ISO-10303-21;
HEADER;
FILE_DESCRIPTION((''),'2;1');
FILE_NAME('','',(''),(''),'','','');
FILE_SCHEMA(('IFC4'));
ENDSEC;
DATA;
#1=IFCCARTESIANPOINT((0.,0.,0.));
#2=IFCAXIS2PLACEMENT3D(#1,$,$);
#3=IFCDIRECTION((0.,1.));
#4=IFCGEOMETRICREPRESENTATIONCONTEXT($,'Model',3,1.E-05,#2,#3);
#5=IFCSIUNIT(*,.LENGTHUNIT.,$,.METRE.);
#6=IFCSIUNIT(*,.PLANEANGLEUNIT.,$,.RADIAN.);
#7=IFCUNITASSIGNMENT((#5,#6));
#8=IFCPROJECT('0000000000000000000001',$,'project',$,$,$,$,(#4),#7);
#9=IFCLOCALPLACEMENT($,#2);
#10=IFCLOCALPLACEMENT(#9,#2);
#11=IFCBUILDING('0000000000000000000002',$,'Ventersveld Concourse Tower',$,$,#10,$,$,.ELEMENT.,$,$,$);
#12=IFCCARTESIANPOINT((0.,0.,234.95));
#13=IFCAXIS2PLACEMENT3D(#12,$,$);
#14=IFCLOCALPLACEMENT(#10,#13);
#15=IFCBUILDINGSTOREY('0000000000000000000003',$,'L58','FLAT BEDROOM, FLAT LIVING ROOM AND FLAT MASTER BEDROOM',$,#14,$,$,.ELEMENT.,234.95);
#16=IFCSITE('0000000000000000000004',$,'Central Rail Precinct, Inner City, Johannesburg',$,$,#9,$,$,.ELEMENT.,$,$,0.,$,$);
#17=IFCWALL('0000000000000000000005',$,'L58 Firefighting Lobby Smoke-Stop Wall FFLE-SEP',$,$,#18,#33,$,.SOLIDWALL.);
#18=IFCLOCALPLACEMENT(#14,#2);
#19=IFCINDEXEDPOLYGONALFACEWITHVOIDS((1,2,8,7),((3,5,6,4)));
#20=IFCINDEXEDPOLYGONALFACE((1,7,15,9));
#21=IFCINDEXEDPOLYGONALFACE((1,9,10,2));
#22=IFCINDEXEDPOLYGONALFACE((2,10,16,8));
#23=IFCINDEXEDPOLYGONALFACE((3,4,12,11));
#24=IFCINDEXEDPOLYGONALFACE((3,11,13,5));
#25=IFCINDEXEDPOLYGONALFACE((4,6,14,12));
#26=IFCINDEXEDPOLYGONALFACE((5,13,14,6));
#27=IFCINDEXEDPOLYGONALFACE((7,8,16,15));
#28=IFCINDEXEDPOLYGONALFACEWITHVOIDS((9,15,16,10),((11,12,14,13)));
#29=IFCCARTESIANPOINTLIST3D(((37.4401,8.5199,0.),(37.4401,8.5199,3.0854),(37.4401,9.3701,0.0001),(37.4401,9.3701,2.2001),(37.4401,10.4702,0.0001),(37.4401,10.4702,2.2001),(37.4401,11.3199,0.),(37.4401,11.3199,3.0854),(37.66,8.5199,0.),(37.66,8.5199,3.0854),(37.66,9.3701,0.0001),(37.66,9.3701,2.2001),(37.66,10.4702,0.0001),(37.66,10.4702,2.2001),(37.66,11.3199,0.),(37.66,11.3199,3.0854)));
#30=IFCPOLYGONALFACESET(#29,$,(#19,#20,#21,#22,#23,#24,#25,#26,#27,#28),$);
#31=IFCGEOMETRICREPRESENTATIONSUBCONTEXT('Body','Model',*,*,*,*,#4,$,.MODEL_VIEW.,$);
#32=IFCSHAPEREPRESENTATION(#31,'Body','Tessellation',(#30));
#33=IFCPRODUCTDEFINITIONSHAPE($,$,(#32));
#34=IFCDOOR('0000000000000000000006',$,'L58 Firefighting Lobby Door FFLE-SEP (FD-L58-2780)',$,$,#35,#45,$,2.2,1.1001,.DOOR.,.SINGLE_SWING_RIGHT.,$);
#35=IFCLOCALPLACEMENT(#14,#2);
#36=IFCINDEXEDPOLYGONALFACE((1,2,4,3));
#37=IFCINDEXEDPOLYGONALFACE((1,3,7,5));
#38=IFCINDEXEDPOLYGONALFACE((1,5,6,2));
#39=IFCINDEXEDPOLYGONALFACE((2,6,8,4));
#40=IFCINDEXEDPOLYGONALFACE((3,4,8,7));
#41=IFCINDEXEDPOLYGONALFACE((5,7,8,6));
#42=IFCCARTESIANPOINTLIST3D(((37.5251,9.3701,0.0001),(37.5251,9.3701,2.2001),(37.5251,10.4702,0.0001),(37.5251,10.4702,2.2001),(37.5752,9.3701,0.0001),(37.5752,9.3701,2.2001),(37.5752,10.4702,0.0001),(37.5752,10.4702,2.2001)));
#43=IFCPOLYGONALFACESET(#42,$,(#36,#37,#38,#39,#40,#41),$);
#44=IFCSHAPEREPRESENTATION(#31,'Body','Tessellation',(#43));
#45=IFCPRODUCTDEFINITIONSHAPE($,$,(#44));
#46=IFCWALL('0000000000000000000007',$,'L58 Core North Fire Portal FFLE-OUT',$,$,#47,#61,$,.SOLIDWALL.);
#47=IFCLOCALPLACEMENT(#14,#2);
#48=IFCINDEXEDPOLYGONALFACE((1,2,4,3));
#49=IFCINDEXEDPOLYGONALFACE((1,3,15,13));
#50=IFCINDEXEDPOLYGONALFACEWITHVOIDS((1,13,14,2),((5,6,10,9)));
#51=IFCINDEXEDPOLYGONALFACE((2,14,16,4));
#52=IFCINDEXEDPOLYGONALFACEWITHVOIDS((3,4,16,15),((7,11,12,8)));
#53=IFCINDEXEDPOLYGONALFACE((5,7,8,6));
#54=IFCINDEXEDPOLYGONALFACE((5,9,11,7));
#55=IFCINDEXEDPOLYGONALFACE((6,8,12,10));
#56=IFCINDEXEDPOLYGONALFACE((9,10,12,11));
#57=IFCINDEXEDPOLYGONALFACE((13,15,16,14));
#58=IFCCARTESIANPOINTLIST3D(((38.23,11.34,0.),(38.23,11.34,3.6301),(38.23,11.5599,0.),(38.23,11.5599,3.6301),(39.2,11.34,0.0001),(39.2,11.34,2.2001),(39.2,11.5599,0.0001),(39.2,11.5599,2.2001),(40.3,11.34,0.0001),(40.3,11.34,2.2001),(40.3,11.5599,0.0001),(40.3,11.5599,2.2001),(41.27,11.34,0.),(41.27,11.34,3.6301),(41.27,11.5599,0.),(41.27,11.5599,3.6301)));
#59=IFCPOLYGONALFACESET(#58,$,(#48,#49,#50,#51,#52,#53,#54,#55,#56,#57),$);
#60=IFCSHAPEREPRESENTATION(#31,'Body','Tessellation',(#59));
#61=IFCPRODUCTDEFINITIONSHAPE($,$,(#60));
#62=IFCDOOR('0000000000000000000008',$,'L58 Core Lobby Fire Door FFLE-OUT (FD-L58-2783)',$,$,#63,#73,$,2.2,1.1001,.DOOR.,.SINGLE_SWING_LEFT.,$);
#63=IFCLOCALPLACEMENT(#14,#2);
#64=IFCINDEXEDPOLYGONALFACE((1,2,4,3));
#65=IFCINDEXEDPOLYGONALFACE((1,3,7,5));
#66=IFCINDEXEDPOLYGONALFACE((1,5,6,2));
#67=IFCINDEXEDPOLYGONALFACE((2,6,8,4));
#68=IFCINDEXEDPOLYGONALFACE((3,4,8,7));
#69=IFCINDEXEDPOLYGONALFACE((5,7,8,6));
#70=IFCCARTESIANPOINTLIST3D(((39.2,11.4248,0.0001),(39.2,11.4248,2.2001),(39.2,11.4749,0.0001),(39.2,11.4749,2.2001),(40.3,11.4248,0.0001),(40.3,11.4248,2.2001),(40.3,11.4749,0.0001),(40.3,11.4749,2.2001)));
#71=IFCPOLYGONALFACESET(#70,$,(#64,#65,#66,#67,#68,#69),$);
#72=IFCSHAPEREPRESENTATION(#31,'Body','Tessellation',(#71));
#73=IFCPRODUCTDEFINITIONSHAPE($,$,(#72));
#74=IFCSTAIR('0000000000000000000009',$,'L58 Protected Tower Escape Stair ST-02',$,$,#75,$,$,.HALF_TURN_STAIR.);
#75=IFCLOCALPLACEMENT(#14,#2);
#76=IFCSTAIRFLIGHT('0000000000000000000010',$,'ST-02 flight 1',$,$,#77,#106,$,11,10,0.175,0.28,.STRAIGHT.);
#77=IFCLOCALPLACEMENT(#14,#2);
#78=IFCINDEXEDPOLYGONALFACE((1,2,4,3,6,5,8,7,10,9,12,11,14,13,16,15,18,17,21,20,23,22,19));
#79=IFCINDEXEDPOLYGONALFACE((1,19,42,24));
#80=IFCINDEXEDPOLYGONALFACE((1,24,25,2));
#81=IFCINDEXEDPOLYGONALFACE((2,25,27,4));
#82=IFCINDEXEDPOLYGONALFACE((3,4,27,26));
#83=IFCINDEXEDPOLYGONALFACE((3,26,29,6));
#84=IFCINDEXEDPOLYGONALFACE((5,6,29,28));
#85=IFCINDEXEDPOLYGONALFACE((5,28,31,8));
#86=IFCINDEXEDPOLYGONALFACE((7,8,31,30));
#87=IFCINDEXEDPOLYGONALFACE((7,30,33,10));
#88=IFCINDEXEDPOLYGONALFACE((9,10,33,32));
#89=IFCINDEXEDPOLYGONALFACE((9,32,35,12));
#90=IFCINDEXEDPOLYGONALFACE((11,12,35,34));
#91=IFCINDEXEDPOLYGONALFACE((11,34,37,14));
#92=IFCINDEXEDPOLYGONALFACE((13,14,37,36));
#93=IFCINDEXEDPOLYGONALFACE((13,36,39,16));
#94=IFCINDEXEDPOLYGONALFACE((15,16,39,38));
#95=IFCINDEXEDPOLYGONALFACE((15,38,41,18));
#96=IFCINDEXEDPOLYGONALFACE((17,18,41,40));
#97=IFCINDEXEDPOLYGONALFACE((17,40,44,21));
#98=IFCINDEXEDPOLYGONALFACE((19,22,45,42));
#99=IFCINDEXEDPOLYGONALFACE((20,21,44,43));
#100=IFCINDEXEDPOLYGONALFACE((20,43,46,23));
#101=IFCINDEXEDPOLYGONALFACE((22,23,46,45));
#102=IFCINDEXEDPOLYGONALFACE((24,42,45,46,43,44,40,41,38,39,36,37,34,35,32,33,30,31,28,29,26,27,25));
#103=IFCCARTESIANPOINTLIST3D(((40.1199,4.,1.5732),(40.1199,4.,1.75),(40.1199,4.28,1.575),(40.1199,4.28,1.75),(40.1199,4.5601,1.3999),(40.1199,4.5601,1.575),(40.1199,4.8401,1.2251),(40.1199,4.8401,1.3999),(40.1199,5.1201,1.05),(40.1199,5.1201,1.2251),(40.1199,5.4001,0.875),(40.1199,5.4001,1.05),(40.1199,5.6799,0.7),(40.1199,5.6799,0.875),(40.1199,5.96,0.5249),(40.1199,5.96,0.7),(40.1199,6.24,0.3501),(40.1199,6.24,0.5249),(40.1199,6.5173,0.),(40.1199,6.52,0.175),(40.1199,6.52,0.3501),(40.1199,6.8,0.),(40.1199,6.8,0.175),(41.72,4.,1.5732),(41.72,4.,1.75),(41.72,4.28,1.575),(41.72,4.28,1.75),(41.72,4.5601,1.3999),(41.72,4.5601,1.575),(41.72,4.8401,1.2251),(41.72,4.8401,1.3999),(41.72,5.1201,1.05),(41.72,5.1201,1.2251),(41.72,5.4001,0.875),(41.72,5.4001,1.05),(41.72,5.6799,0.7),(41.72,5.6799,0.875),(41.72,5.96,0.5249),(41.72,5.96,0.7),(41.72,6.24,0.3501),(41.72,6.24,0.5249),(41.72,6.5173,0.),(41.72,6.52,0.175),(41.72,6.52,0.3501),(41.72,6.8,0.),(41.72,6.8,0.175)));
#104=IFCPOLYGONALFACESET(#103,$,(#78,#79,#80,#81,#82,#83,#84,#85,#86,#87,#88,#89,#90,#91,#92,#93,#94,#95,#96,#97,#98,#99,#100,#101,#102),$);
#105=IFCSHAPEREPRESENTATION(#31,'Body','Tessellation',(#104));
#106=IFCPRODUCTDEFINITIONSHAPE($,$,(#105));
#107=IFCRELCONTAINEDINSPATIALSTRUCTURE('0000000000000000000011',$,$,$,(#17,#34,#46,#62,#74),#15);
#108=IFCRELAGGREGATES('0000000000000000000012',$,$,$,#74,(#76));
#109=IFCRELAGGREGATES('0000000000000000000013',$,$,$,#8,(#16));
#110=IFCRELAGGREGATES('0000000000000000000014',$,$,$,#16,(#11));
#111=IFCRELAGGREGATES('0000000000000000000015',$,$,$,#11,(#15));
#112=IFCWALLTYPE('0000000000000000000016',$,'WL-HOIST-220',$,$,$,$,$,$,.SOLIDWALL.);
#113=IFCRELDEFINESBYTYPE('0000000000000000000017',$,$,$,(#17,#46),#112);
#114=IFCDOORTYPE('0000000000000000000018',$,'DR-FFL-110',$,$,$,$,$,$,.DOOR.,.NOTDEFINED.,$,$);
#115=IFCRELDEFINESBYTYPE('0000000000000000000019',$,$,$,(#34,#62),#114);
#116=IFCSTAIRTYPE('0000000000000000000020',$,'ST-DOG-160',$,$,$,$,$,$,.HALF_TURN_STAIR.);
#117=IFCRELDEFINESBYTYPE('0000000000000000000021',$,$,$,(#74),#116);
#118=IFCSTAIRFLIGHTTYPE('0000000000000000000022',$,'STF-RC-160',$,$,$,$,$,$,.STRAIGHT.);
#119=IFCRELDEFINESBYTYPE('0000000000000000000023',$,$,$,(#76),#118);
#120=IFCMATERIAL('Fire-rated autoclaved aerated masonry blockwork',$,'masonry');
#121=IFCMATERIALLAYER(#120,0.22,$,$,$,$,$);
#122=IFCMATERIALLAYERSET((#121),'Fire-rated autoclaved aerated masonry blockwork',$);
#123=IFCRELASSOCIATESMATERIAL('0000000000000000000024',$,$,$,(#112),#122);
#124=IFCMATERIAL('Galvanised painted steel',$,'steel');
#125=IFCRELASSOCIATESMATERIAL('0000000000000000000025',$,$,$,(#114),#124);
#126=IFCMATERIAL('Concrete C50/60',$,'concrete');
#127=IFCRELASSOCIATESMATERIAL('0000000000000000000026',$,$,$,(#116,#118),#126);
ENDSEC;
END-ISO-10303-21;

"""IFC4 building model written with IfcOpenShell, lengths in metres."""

from ifc_helpers import new_model, si_unit, direction, frame, frame_2d, origin, place, context, subcontext, project, spatial, polyline, rectangle, outline, extrude, material, layer, layer_set, type_object, element, fill, aggregate, save


model = new_model("IFC4")

# Units and contexts
model_context = context("Model", 3, precision=1e-05, world=origin(), true_north=direction((0.0, 1.0)))
body_context = subcontext(model_context, "Body", "Model", "MODEL_VIEW")
ifc_project = project(units=[si_unit("LENGTHUNIT", "METRE"), si_unit("PLANEANGLEUNIT", "RADIAN")], contexts=[model_context])

# Site, building, storey
site_placement = place(None, origin())
site = spatial("IfcSite", under=ifc_project, at=site_placement, Name="Central Rail Precinct, Inner City, Johannesburg", CompositionType="ELEMENT", RefElevation=0.0)
building_placement = place(site_placement, origin())
building = spatial("IfcBuilding", under=site, at=building_placement, Name="Ventersveld Concourse Tower", CompositionType="ELEMENT")
storey_placement = place(building_placement, frame((0.0, 0.0, 234.95)))
storey = spatial("IfcBuildingStorey", under=building, at=storey_placement, Name="L58", Description="FLAT BEDROOM, FLAT LIVING ROOM AND FLAT MASTER BEDROOM", CompositionType="ELEMENT", Elevation=234.95)

# Shared definitions
ifc_material_1 = material(Name="Concrete C50/60", Category="concrete")

# Shared definitions
ifc_material_2 = material(Name="Fire-rated autoclaved aerated masonry blockwork", Category="masonry")
ifc_layer_1 = layer(ifc_material_2, 0.22)
ifc_layer_set_1 = layer_set([ifc_layer_1], Name="Fire-rated autoclaved aerated masonry blockwork")
wall_type_1 = type_object("IfcWallType", Name="WL-HOIST-220", PredefinedType="SOLIDWALL", material=ifc_layer_set_1)

# Walls, openings, doors
ifc_material_3 = material(Name="Galvanised painted steel", Category="steel")
wall_1_placement = place(storey_placement, frame((37.55, 8.52, 0.0), z_axis=(0.0, 0.0, 1.0), x_axis=(0.0, 1.0, 0.0)))
wall_1 = element("IfcWall", 1, at=wall_1_placement, inside=storey, type_object=wall_type_1, Name="L58 Firefighting Lobby Smoke-Stop Wall FFLE-SEP", PredefinedType="SOLIDWALL", context=body_context, shape_type="SweptSolid", body=[
    extrude(rectangle(XDim=2.8, YDim=0.22, at=frame_2d((1.3999, 0.0))), origin(), (0.0, 0.0, 1.0), 3.0854),
])
opening_1_placement = place(wall_1_placement, frame((0.8501, 0.0, 0.0)))
opening_1 = element("IfcOpeningElement", 2, at=opening_1_placement, cuts=wall_1, PredefinedType="OPENING", context=body_context, shape_type="SweptSolid", body=[
    extrude(rectangle(XDim=1.1001, YDim=2.2, at=frame_2d((0.55, 1.1001))), frame((0.0, 0.1201, 0.0), z_axis=(0.0, -1.0, 0.0), x_axis=(1.0, 0.0, 0.0)), (0.0, 0.0, 1.0), 0.24),
])
door_type_1 = type_object("IfcDoorType", Name="DR-FFL-110", OperationType="NOTDEFINED", PredefinedType="DOOR", material=ifc_material_3)
door_1_placement = place(opening_1_placement, origin())
door_1 = element("IfcDoor", 3, at=door_1_placement, inside=storey, type_object=door_type_1, Name="L58 Firefighting Lobby Door FFLE-SEP (FD-L58-2780)", OperationType="SINGLE_SWING_RIGHT", OverallHeight=2.2, OverallWidth=1.1001, PredefinedType="DOOR", context=body_context, shape_type="SweptSolid", body=[
    extrude(rectangle(XDim=1.1001, YDim=2.2, at=frame_2d((0.55, 1.1001))), frame((0.0, 0.0249, 0.0), z_axis=(0.0, -1.0, 0.0), x_axis=(1.0, 0.0, 0.0)), (0.0, 0.0, 1.0), 0.05),
])
fill(opening_1, door_1)
wall_2_placement = place(storey_placement, frame((38.23, 11.45, 0.0), z_axis=(0.0, 0.0, 1.0), x_axis=(1.0, 0.0, 0.0)))
wall_2 = element("IfcWall", 4, at=wall_2_placement, inside=storey, type_object=wall_type_1, Name="L58 Core North Fire Portal FFLE-OUT", PredefinedType="SOLIDWALL", context=body_context, shape_type="SweptSolid", body=[
    extrude(rectangle(XDim=3.04, YDim=0.22, at=frame_2d((1.52, 0.0))), origin(), (0.0, 0.0, 1.0), 3.6301),
])
opening_2_placement = place(wall_2_placement, frame((0.97, 0.0, 0.0)))
opening_2 = element("IfcOpeningElement", 5, at=opening_2_placement, cuts=wall_2, PredefinedType="OPENING", context=body_context, shape_type="SweptSolid", body=[
    extrude(rectangle(XDim=1.1001, YDim=2.2, at=frame_2d((0.55, 1.1001))), frame((0.0, 0.1201, 0.0), z_axis=(0.0, -1.0, 0.0), x_axis=(1.0, 0.0, 0.0)), (0.0, 0.0, 1.0), 0.24),
])
door_2_placement = place(opening_2_placement, origin())
door_2 = element("IfcDoor", 6, at=door_2_placement, inside=storey, type_object=door_type_1, Name="L58 Core Lobby Fire Door FFLE-OUT (FD-L58-2783)", OperationType="SINGLE_SWING_LEFT", OverallHeight=2.2, OverallWidth=1.1001, PredefinedType="DOOR", context=body_context, shape_type="SweptSolid", body=[
    extrude(rectangle(XDim=1.1001, YDim=2.2, at=frame_2d((0.55, 1.1001))), frame((0.0, 0.0249, 0.0), z_axis=(0.0, -1.0, 0.0), x_axis=(1.0, 0.0, 0.0)), (0.0, 0.0, 1.0), 0.05),
])
fill(opening_2, door_2)

# Stair, stair flight
stair_type = type_object("IfcStairType", Name="ST-DOG-160", PredefinedType="HALF_TURN_STAIR", material=ifc_material_1)
stair_placement = place(storey_placement, origin())
stair = element("IfcStair", 7, at=stair_placement, inside=storey, type_object=stair_type, Name="L58 Protected Tower Escape Stair ST-02", PredefinedType="HALF_TURN_STAIR")
stair_flight_type = type_object("IfcStairFlightType", Name="STF-RC-160", PredefinedType="STRAIGHT", material=ifc_material_1)
stair_flight_placement = place(storey_placement, frame((40.9199, 6.8, 0.0), z_axis=(0.0, 0.0, 1.0), x_axis=(0.0, -1.0, 0.0)))
stair_flight = element("IfcStairFlight", 8, at=stair_flight_placement, type_object=stair_flight_type, Name="ST-02 flight 1", NumberOfRisers=11, NumberOfTreads=10, PredefinedType="STRAIGHT", RiserHeight=0.175, TreadLength=0.28, context=body_context, shape_type="SweptSolid", body=[
    extrude(outline(polyline([(0.0, 0.0), (0.0, 0.175), (0.28, 0.175), (0.28, 0.3501), (0.5601, 0.3501), (0.5601, 0.5249), (0.8401, 0.5249), (0.8401, 0.7), (1.1201, 0.7), (1.1201, 0.875), (1.3999, 0.875), (1.3999, 1.05), (1.6799, 1.05), (1.6799, 1.2251), (1.96, 1.2251), (1.96, 1.3999), (2.24, 1.3999), (2.24, 1.575), (2.52, 1.575), (2.52, 1.75), (2.8, 1.75), (2.8, 1.925), (2.8, 1.5732), (0.2827, 0.0), (0.0, 0.0)])), frame((0.0, 0.8, 0.0), z_axis=(0.0, -1.0, 0.0), x_axis=(1.0, 0.0, 0.0)), (0.0, 0.0, 1.0), 1.6001),
])
aggregate(stair, [stair_flight])

save(model, "model.ifc")
